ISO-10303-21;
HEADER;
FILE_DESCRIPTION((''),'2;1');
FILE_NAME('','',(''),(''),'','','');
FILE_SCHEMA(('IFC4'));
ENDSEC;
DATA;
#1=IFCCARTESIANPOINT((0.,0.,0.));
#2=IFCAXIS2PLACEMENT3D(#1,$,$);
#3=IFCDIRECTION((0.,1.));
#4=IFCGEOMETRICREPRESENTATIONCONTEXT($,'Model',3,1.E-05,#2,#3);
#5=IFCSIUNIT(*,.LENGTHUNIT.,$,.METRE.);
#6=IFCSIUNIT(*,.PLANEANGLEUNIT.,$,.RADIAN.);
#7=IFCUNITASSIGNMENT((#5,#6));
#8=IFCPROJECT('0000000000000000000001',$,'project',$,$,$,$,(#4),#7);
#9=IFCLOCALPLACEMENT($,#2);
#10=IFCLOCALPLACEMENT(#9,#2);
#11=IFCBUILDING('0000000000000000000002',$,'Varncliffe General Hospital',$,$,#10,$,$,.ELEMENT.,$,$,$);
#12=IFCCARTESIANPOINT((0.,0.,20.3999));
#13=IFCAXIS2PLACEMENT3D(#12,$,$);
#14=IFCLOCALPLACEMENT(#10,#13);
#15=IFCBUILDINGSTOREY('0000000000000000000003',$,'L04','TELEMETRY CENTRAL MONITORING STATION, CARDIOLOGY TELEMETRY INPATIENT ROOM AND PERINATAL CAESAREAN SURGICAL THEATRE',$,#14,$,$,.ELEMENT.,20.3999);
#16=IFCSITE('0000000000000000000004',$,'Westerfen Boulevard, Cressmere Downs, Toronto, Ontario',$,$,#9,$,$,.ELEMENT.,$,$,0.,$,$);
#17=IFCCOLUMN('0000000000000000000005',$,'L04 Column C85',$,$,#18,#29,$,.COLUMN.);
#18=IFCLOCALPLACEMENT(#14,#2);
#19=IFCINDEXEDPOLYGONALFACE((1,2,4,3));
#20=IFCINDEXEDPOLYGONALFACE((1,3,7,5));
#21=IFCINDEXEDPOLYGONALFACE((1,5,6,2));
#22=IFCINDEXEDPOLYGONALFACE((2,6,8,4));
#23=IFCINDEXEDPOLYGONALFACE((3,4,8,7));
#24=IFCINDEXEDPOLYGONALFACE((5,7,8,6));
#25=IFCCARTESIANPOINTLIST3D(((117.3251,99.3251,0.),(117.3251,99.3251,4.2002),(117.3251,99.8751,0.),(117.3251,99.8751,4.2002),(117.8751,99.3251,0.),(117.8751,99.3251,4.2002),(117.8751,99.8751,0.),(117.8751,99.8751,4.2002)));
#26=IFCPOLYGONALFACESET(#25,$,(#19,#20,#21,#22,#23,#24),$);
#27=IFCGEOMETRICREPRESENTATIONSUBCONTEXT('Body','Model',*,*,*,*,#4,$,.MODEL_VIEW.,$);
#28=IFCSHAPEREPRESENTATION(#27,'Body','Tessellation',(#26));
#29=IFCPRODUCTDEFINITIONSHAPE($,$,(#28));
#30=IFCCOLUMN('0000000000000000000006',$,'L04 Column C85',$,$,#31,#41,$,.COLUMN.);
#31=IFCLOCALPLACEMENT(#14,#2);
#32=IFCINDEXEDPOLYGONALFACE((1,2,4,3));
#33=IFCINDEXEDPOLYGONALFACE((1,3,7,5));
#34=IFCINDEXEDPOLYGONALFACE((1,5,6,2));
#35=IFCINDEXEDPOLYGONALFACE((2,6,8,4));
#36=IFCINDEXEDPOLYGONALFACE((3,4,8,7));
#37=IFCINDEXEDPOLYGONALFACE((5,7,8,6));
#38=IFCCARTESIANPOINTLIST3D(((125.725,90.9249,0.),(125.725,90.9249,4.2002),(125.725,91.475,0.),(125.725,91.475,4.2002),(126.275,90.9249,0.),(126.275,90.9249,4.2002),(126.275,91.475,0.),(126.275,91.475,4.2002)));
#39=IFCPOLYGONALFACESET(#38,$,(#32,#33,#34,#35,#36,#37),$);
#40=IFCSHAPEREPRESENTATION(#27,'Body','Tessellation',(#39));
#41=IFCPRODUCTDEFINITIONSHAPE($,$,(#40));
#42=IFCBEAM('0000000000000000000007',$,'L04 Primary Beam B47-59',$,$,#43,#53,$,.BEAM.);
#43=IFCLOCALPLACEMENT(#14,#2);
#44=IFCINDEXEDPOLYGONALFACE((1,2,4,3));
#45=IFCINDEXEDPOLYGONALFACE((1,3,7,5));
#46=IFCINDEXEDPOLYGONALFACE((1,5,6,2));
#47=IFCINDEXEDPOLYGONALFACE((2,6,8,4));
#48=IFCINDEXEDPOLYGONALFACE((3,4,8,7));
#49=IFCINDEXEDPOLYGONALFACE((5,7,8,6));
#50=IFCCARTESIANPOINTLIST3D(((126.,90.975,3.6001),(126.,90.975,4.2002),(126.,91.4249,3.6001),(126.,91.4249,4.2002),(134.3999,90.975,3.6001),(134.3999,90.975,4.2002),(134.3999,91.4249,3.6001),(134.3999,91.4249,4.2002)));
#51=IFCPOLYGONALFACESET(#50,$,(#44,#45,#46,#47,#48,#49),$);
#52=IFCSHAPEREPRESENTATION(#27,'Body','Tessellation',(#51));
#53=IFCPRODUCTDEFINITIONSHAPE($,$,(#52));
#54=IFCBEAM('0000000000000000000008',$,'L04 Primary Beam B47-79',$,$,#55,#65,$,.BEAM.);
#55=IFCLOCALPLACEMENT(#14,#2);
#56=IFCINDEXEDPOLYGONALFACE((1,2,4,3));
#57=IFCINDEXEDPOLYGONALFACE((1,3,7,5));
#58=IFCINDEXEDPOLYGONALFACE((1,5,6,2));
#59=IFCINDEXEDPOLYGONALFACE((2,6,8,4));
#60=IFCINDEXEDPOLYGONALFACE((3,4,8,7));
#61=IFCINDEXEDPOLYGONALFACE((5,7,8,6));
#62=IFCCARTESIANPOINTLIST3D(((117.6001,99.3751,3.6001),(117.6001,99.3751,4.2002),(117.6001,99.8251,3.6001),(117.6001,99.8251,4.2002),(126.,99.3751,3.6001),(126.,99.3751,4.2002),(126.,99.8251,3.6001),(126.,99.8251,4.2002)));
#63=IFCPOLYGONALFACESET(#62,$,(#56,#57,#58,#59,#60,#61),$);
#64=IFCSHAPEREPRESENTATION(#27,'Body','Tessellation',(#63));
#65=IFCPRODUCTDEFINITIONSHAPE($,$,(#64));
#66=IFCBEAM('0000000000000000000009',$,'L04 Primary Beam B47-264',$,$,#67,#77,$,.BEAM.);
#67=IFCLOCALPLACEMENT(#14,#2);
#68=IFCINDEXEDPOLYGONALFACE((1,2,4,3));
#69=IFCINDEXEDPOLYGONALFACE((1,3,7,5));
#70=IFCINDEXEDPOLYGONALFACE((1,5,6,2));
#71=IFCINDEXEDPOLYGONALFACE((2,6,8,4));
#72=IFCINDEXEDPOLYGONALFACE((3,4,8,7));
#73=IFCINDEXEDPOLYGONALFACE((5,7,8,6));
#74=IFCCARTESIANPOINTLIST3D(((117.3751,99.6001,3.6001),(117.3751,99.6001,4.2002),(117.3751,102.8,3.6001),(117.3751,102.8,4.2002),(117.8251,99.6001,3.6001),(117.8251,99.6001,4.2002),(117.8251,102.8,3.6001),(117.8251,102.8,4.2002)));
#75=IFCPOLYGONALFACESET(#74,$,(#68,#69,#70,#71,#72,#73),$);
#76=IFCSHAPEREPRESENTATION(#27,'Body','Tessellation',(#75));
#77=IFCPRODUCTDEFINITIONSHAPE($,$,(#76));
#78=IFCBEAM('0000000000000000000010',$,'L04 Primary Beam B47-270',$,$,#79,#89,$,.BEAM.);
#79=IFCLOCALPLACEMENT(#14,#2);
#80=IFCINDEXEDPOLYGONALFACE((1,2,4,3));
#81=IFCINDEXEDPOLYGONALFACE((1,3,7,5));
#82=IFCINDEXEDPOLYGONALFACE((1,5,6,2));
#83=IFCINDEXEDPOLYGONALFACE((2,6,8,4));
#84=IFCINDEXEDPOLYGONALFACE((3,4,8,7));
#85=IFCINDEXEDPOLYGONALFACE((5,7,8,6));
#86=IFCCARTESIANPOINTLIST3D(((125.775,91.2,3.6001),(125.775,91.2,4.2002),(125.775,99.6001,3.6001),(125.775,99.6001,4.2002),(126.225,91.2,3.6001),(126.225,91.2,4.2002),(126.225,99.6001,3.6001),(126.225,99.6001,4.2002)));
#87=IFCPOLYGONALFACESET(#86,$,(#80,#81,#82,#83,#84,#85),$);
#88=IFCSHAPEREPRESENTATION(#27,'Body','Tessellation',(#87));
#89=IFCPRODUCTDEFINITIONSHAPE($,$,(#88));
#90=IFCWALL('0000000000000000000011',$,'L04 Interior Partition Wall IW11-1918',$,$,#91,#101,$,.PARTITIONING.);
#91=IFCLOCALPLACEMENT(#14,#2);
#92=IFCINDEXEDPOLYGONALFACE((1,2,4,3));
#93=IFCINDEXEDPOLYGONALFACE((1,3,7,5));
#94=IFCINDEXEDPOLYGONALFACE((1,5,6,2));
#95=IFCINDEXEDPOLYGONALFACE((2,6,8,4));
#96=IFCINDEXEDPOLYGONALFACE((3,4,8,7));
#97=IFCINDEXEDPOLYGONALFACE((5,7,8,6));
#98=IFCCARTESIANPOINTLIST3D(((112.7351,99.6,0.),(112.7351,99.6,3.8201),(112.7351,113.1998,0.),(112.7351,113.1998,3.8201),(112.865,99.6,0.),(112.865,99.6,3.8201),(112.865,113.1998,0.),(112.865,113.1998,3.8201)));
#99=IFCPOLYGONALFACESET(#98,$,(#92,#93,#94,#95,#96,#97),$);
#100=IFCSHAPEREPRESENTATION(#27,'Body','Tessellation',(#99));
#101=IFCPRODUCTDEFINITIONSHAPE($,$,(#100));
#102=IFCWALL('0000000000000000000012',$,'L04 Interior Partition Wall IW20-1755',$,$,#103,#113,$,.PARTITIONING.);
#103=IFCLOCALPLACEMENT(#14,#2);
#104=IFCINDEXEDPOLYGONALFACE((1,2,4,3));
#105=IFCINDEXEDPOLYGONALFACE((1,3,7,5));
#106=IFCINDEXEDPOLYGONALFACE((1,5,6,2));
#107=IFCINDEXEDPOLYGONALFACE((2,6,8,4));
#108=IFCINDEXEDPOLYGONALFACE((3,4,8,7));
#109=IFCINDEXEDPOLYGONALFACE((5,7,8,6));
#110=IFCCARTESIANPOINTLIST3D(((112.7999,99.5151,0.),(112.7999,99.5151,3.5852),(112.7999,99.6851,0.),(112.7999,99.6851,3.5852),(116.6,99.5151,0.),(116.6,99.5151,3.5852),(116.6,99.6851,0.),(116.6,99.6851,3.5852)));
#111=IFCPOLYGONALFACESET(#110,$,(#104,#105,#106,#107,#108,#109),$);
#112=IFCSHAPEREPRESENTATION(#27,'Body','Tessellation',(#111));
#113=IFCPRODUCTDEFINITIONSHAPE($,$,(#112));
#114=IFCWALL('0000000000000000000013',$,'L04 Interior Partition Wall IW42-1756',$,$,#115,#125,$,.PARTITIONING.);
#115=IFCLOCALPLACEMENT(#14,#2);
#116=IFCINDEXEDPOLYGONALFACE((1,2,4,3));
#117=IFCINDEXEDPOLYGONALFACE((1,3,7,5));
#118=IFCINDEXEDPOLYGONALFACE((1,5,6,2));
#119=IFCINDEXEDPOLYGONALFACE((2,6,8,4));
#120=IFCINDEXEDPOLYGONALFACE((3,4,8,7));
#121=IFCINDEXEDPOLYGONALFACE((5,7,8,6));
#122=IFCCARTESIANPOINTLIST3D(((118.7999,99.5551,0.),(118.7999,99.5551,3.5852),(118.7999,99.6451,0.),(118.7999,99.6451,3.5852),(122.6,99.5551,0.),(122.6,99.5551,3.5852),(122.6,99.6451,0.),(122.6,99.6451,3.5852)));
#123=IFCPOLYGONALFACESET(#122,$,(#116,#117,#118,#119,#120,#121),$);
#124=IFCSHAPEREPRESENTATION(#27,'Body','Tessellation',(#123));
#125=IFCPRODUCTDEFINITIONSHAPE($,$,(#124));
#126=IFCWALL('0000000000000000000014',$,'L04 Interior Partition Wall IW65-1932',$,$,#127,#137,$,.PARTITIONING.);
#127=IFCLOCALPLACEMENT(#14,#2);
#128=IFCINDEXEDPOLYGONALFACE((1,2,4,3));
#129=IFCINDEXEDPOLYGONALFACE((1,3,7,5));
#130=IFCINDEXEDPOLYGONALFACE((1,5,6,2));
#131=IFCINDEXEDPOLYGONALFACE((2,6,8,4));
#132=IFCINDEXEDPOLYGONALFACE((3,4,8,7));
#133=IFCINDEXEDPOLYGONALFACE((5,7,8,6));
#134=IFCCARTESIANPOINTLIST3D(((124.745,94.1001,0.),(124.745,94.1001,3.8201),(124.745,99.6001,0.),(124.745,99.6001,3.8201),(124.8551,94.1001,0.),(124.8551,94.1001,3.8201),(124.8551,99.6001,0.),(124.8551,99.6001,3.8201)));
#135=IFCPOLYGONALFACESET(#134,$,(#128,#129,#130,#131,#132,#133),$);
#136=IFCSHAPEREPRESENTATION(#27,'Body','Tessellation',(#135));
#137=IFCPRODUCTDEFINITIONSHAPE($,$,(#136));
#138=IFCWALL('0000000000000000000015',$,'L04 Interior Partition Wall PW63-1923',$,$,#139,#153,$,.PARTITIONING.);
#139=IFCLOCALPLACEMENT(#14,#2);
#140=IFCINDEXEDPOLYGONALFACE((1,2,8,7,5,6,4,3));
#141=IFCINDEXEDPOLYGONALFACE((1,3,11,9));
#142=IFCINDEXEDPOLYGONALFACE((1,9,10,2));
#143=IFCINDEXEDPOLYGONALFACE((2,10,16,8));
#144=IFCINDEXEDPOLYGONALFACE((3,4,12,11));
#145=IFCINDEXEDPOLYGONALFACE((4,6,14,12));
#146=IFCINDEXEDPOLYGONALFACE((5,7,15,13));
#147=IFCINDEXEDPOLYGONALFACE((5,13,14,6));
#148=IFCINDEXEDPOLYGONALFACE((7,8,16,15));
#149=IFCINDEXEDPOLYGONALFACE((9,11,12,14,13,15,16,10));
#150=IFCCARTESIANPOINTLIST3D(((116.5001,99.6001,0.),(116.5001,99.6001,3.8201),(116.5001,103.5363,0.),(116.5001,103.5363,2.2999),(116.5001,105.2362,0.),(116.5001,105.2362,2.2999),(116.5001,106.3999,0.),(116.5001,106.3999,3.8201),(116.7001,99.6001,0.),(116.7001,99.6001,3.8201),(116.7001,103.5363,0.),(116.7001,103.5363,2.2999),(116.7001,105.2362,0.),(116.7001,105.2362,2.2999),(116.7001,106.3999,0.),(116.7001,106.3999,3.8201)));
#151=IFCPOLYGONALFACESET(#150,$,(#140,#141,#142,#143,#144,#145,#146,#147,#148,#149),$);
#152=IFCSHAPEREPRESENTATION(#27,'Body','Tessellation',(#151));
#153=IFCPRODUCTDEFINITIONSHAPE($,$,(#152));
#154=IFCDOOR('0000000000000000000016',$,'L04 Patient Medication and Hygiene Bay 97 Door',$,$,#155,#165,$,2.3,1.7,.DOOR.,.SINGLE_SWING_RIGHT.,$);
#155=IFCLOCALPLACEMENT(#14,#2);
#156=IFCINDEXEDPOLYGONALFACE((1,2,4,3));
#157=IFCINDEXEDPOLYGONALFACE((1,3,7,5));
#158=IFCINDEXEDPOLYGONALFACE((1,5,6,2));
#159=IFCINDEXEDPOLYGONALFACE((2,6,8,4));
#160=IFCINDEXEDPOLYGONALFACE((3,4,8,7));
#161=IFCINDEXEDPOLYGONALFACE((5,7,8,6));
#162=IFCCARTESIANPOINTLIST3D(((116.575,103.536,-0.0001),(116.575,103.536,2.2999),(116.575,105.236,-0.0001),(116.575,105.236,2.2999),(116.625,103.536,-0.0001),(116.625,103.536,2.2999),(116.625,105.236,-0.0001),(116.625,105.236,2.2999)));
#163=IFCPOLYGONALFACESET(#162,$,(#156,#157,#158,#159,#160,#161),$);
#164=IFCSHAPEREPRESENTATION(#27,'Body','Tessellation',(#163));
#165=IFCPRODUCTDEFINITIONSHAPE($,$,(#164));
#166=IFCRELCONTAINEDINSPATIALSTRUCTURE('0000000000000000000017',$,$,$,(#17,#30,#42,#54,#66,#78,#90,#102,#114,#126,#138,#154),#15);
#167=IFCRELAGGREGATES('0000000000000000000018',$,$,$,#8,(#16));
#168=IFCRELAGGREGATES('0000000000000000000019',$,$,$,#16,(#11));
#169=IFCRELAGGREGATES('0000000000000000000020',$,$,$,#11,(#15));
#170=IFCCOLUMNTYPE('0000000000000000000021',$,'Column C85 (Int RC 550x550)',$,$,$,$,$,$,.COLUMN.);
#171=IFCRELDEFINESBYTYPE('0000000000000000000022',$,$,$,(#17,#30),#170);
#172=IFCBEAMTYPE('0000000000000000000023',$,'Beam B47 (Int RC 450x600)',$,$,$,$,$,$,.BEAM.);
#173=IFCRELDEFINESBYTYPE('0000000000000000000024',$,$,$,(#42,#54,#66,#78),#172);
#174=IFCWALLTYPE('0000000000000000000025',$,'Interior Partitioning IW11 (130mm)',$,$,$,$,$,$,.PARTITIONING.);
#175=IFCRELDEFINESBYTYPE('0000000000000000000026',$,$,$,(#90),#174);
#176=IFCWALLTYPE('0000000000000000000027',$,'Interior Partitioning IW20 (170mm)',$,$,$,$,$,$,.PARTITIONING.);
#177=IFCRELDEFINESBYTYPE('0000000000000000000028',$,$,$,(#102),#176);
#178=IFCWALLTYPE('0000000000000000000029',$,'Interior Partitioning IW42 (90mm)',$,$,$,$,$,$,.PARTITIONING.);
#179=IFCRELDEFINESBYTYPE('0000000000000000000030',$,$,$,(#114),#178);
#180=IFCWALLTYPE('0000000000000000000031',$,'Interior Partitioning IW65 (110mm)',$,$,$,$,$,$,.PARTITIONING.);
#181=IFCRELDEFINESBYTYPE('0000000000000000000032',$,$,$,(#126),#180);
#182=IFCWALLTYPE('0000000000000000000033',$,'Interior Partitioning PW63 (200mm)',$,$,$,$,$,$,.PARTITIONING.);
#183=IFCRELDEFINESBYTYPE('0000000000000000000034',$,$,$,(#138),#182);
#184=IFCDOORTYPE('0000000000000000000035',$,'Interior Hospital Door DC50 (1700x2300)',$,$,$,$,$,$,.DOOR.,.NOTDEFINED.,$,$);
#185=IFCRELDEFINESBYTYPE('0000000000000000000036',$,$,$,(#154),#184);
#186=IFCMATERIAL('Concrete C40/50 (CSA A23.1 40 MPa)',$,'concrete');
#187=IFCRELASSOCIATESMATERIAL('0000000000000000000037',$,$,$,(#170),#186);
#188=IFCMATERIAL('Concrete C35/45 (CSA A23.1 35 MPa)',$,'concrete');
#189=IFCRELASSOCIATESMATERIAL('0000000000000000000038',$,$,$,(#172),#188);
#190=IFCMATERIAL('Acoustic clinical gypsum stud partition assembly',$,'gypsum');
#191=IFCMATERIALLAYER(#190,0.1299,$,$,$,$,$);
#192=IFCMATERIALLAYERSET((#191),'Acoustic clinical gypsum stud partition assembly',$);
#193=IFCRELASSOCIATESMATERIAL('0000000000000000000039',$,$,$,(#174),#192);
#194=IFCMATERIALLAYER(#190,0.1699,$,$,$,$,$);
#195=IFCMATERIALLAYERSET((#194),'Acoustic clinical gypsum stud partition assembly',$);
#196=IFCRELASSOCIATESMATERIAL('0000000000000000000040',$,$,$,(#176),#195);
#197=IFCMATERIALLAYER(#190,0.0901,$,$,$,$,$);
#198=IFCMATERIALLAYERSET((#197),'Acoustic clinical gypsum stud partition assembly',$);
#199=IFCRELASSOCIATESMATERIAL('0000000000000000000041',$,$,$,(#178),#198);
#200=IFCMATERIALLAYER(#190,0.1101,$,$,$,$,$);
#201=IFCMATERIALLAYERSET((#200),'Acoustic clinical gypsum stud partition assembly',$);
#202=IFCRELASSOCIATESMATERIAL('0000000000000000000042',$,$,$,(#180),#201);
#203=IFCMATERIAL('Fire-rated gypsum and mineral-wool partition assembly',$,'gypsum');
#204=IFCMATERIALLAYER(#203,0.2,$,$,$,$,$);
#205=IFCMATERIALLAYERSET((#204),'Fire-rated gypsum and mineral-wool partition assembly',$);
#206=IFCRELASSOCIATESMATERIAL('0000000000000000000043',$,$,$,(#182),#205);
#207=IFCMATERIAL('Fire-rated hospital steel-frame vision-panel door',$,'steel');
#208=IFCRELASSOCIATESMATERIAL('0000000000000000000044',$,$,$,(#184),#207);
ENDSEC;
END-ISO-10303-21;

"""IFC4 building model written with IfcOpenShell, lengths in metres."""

from ifc_helpers import new_model, si_unit, direction, frame, frame_2d, origin, origin_2d, place, context, subcontext, project, spatial, rectangle, extrude, material, layer, layer_set, material_profile, profile_set, type_object, element, fill, save


model = new_model("IFC4")

# Units and contexts
model_context = context("Model", 3, precision=1e-05, world=origin(), true_north=direction((0.0, 1.0)))
body_context = subcontext(model_context, "Body", "Model", "MODEL_VIEW")
ifc_project = project(units=[si_unit("LENGTHUNIT", "METRE"), si_unit("PLANEANGLEUNIT", "RADIAN")], contexts=[model_context])

# Site, building, storey
site_placement = place(None, origin())
site = spatial("IfcSite", under=ifc_project, at=site_placement, Name="Westerfen Boulevard, Cressmere Downs, Toronto, Ontario", CompositionType="ELEMENT", RefElevation=0.0)
building_placement = place(site_placement, origin())
building = spatial("IfcBuilding", under=site, at=building_placement, Name="Varncliffe General Hospital", CompositionType="ELEMENT")
storey_placement = place(building_placement, frame((0.0, 0.0, 20.3999)))
storey = spatial("IfcBuildingStorey", under=building, at=storey_placement, Name="L04", Description="TELEMETRY CENTRAL MONITORING STATION, CARDIOLOGY TELEMETRY INPATIENT ROOM AND PERINATAL CAESAREAN SURGICAL THEATRE", CompositionType="ELEMENT", Elevation=20.3999)

# Columns
ifc_material_1 = material(Name="Concrete C40/50 (CSA A23.1 40 MPa)", Category="concrete")
ifc_material_profile_1 = material_profile(ifc_material_1, rectangle(XDim=0.55, YDim=0.55, at=origin_2d()), Name="RC 550x550")
ifc_profile_set_1 = profile_set([ifc_material_profile_1], Name="Concrete C40/50 (CSA A23.1 40 MPa)")
column_type = type_object("IfcColumnType", Name="Column C85 (Int RC 550x550)", PredefinedType="COLUMN", material=ifc_profile_set_1)
for number, where, z_axis, x_axis, name in (
    (1, (117.6001, 99.6001, 0.0), (0.0, 0.0, 1.0), (1.0, 0.0, 0.0), "L04 Column C85"),
    (2, (126.0, 91.2, 0.0), (0.0, 0.0, 1.0), (1.0, 0.0, 0.0), "L04 Column C85"),
):
    element("IfcColumn", number, at=place(storey_placement, frame(where, z_axis=z_axis, x_axis=x_axis)), inside=storey, type_object=column_type, Name=name, PredefinedType="COLUMN", context=body_context, shape_type="SweptSolid", body=[
        extrude(rectangle(XDim=0.55, YDim=0.55, at=origin_2d()), origin(), (0.0, 0.0, 1.0), 4.2002),
    ])

# Beams
ifc_material_2 = material(Name="Concrete C35/45 (CSA A23.1 35 MPa)", Category="concrete")
ifc_material_profile_2 = material_profile(ifc_material_2, rectangle(XDim=0.45, YDim=0.6001, at=origin_2d()), Name="RC 450x600")
ifc_profile_set_2 = profile_set([ifc_material_profile_2], Name="Concrete C35/45 (CSA A23.1 35 MPa)")
beam_type = type_object("IfcBeamType", Name="Beam B47 (Int RC 450x600)", PredefinedType="BEAM", material=ifc_profile_set_2)
for number, where, z_axis, x_axis, name in (
    (3, (126.0, 91.2, 3.9001), (1.0, 0.0, 0.0), (0.0, 1.0, 0.0), "L04 Primary Beam B47-59"),
    (4, (117.6001, 99.6001, 3.9001), (1.0, 0.0, 0.0), (0.0, 1.0, 0.0), "L04 Primary Beam B47-79"),
):
    element("IfcBeam", number, at=place(storey_placement, frame(where, z_axis=z_axis, x_axis=x_axis)), inside=storey, type_object=beam_type, Name=name, PredefinedType="BEAM", context=body_context, shape_type="SweptSolid", body=[
        extrude(rectangle(XDim=0.45, YDim=0.6001, at=origin_2d()), origin(), (0.0, 0.0, 1.0), 8.3999),
    ])
beam_1_placement = place(storey_placement, frame((117.6001, 99.6001, 3.9001), z_axis=(0.0, 1.0, 0.0), x_axis=(-1.0, 0.0, 0.0)))
element("IfcBeam", 5, at=beam_1_placement, inside=storey, type_object=beam_type, Name="L04 Primary Beam B47-264", PredefinedType="BEAM", context=body_context, shape_type="SweptSolid", body=[
    extrude(rectangle(XDim=0.45, YDim=0.6001, at=origin_2d()), origin(), (0.0, 0.0, 1.0), 3.2),
])
beam_2_placement = place(storey_placement, frame((126.0, 91.2, 3.9001), z_axis=(0.0, 1.0, 0.0), x_axis=(-1.0, 0.0, 0.0)))
element("IfcBeam", 6, at=beam_2_placement, inside=storey, type_object=beam_type, Name="L04 Primary Beam B47-270", PredefinedType="BEAM", context=body_context, shape_type="SweptSolid", body=[
    extrude(rectangle(XDim=0.45, YDim=0.6001, at=origin_2d()), origin(), (0.0, 0.0, 1.0), 8.4001),
])

# Walls
ifc_material_3 = material(Name="Acoustic clinical gypsum stud partition assembly", Category="gypsum")
ifc_layer_1 = layer(ifc_material_3, 0.1299)
ifc_layer_set_1 = layer_set([ifc_layer_1], Name="Acoustic clinical gypsum stud partition assembly")
wall_type_1 = type_object("IfcWallType", Name="Interior Partitioning IW11 (130mm)", PredefinedType="PARTITIONING", material=ifc_layer_set_1)
wall_1_placement = place(storey_placement, frame((112.8, 99.6001, 0.0), z_axis=(0.0, 0.0, 1.0), x_axis=(0.0, 1.0, 0.0)))
element("IfcWall", 7, at=wall_1_placement, inside=storey, type_object=wall_type_1, Name="L04 Interior Partition Wall IW11-1918", PredefinedType="PARTITIONING", context=body_context, shape_type="SweptSolid", body=[
    extrude(rectangle(XDim=13.5999, YDim=0.1299, at=frame_2d((6.7998, 0.0))), origin(), (0.0, 0.0, 1.0), 3.8201),
])
ifc_layer_2 = layer(ifc_material_3, 0.1699)
ifc_layer_set_2 = layer_set([ifc_layer_2], Name="Acoustic clinical gypsum stud partition assembly")
wall_type_2 = type_object("IfcWallType", Name="Interior Partitioning IW20 (170mm)", PredefinedType="PARTITIONING", material=ifc_layer_set_2)
wall_2_placement = place(storey_placement, frame((112.8, 99.6001, 0.0), z_axis=(0.0, 0.0, 1.0), x_axis=(1.0, 0.0, 0.0)))
element("IfcWall", 8, at=wall_2_placement, inside=storey, type_object=wall_type_2, Name="L04 Interior Partition Wall IW20-1755", PredefinedType="PARTITIONING", context=body_context, shape_type="SweptSolid", body=[
    extrude(rectangle(XDim=3.8, YDim=0.1699, at=frame_2d((1.8999, 0.0))), origin(), (0.0, 0.0, 1.0), 3.5852),
])
ifc_layer_3 = layer(ifc_material_3, 0.0901)
ifc_layer_set_3 = layer_set([ifc_layer_3], Name="Acoustic clinical gypsum stud partition assembly")
wall_type_3 = type_object("IfcWallType", Name="Interior Partitioning IW42 (90mm)", PredefinedType="PARTITIONING", material=ifc_layer_set_3)
wall_3_placement = place(storey_placement, frame((118.8, 99.6001, 0.0), z_axis=(0.0, 0.0, 1.0), x_axis=(1.0, 0.0, 0.0)))
element("IfcWall", 9, at=wall_3_placement, inside=storey, type_object=wall_type_3, Name="L04 Interior Partition Wall IW42-1756", PredefinedType="PARTITIONING", context=body_context, shape_type="SweptSolid", body=[
    extrude(rectangle(XDim=3.8, YDim=0.0901, at=frame_2d((1.8999, 0.0))), origin(), (0.0, 0.0, 1.0), 3.5852),
])
ifc_layer_4 = layer(ifc_material_3, 0.1101)
ifc_layer_set_4 = layer_set([ifc_layer_4], Name="Acoustic clinical gypsum stud partition assembly")
wall_type_4 = type_object("IfcWallType", Name="Interior Partitioning IW65 (110mm)", PredefinedType="PARTITIONING", material=ifc_layer_set_4)
wall_4_placement = place(storey_placement, frame((124.8, 94.1001, 0.0), z_axis=(0.0, 0.0, 1.0), x_axis=(0.0, 1.0, 0.0)))
element("IfcWall", 10, at=wall_4_placement, inside=storey, type_object=wall_type_4, Name="L04 Interior Partition Wall IW65-1932", PredefinedType="PARTITIONING", context=body_context, shape_type="SweptSolid", body=[
    extrude(rectangle(XDim=5.5, YDim=0.1101, at=frame_2d((2.75, 0.0))), origin(), (0.0, 0.0, 1.0), 3.8201),
])

# Wall, opening, door
ifc_material_4 = material(Name="Fire-rated gypsum and mineral-wool partition assembly", Category="gypsum")
ifc_layer_5 = layer(ifc_material_4, 0.2)
ifc_layer_set_5 = layer_set([ifc_layer_5], Name="Fire-rated gypsum and mineral-wool partition assembly")
wall_type_5 = type_object("IfcWallType", Name="Interior Partitioning PW63 (200mm)", PredefinedType="PARTITIONING", material=ifc_layer_set_5)
wall_5_placement = place(storey_placement, frame((116.6001, 99.6001, 0.0), z_axis=(0.0, 0.0, 1.0), x_axis=(0.0, 1.0, 0.0)))
wall_5 = element("IfcWall", 11, at=wall_5_placement, inside=storey, type_object=wall_type_5, Name="L04 Interior Partition Wall PW63-1923", PredefinedType="PARTITIONING", context=body_context, shape_type="SweptSolid", body=[
    extrude(rectangle(XDim=6.7998, YDim=0.2, at=frame_2d((3.3999, 0.0))), origin(), (0.0, 0.0, 1.0), 3.8201),
])
opening_1_placement = place(wall_5_placement, frame((3.936, 0.0, 0.0)))
opening_1 = element("IfcOpeningElement", 12, at=opening_1_placement, cuts=wall_5, PredefinedType="OPENING", context=body_context, shape_type="SweptSolid", body=[
    extrude(rectangle(XDim=1.7, YDim=2.3, at=frame_2d((0.8501, 1.1499))), frame((0.0, 0.1099, 0.0), z_axis=(0.0, -1.0, 0.0), x_axis=(1.0, 0.0, 0.0)), (0.0, 0.0, 1.0), 0.22),
])
ifc_material_5 = material(Name="Fire-rated hospital steel-frame vision-panel door", Category="steel")
door_type_1 = type_object("IfcDoorType", Name="Interior Hospital Door DC50 (1700x2300)", OperationType="NOTDEFINED", PredefinedType="DOOR", material=ifc_material_5)
door_1_placement = place(opening_1_placement, frame((1.7, 0.0, 0.0), z_axis=(0.0, 0.0, 1.0), x_axis=(-1.0, 0.0, 0.0)))
door_1 = element("IfcDoor", 13, at=door_1_placement, inside=storey, type_object=door_type_1, Name="L04 Patient Medication and Hygiene Bay 97 Door", OperationType="SINGLE_SWING_RIGHT", OverallHeight=2.3, OverallWidth=1.7, PredefinedType="DOOR", context=body_context, shape_type="SweptSolid", body=[
    extrude(rectangle(XDim=1.7, YDim=2.3, at=frame_2d((0.8501, 1.1499))), frame((0.0, 0.0249, 0.0), z_axis=(0.0, -1.0, 0.0), x_axis=(1.0, 0.0, 0.0)), (0.0, 0.0, 1.0), 0.05),
])
fill(opening_1, door_1)

save(model, "model.ifc")
